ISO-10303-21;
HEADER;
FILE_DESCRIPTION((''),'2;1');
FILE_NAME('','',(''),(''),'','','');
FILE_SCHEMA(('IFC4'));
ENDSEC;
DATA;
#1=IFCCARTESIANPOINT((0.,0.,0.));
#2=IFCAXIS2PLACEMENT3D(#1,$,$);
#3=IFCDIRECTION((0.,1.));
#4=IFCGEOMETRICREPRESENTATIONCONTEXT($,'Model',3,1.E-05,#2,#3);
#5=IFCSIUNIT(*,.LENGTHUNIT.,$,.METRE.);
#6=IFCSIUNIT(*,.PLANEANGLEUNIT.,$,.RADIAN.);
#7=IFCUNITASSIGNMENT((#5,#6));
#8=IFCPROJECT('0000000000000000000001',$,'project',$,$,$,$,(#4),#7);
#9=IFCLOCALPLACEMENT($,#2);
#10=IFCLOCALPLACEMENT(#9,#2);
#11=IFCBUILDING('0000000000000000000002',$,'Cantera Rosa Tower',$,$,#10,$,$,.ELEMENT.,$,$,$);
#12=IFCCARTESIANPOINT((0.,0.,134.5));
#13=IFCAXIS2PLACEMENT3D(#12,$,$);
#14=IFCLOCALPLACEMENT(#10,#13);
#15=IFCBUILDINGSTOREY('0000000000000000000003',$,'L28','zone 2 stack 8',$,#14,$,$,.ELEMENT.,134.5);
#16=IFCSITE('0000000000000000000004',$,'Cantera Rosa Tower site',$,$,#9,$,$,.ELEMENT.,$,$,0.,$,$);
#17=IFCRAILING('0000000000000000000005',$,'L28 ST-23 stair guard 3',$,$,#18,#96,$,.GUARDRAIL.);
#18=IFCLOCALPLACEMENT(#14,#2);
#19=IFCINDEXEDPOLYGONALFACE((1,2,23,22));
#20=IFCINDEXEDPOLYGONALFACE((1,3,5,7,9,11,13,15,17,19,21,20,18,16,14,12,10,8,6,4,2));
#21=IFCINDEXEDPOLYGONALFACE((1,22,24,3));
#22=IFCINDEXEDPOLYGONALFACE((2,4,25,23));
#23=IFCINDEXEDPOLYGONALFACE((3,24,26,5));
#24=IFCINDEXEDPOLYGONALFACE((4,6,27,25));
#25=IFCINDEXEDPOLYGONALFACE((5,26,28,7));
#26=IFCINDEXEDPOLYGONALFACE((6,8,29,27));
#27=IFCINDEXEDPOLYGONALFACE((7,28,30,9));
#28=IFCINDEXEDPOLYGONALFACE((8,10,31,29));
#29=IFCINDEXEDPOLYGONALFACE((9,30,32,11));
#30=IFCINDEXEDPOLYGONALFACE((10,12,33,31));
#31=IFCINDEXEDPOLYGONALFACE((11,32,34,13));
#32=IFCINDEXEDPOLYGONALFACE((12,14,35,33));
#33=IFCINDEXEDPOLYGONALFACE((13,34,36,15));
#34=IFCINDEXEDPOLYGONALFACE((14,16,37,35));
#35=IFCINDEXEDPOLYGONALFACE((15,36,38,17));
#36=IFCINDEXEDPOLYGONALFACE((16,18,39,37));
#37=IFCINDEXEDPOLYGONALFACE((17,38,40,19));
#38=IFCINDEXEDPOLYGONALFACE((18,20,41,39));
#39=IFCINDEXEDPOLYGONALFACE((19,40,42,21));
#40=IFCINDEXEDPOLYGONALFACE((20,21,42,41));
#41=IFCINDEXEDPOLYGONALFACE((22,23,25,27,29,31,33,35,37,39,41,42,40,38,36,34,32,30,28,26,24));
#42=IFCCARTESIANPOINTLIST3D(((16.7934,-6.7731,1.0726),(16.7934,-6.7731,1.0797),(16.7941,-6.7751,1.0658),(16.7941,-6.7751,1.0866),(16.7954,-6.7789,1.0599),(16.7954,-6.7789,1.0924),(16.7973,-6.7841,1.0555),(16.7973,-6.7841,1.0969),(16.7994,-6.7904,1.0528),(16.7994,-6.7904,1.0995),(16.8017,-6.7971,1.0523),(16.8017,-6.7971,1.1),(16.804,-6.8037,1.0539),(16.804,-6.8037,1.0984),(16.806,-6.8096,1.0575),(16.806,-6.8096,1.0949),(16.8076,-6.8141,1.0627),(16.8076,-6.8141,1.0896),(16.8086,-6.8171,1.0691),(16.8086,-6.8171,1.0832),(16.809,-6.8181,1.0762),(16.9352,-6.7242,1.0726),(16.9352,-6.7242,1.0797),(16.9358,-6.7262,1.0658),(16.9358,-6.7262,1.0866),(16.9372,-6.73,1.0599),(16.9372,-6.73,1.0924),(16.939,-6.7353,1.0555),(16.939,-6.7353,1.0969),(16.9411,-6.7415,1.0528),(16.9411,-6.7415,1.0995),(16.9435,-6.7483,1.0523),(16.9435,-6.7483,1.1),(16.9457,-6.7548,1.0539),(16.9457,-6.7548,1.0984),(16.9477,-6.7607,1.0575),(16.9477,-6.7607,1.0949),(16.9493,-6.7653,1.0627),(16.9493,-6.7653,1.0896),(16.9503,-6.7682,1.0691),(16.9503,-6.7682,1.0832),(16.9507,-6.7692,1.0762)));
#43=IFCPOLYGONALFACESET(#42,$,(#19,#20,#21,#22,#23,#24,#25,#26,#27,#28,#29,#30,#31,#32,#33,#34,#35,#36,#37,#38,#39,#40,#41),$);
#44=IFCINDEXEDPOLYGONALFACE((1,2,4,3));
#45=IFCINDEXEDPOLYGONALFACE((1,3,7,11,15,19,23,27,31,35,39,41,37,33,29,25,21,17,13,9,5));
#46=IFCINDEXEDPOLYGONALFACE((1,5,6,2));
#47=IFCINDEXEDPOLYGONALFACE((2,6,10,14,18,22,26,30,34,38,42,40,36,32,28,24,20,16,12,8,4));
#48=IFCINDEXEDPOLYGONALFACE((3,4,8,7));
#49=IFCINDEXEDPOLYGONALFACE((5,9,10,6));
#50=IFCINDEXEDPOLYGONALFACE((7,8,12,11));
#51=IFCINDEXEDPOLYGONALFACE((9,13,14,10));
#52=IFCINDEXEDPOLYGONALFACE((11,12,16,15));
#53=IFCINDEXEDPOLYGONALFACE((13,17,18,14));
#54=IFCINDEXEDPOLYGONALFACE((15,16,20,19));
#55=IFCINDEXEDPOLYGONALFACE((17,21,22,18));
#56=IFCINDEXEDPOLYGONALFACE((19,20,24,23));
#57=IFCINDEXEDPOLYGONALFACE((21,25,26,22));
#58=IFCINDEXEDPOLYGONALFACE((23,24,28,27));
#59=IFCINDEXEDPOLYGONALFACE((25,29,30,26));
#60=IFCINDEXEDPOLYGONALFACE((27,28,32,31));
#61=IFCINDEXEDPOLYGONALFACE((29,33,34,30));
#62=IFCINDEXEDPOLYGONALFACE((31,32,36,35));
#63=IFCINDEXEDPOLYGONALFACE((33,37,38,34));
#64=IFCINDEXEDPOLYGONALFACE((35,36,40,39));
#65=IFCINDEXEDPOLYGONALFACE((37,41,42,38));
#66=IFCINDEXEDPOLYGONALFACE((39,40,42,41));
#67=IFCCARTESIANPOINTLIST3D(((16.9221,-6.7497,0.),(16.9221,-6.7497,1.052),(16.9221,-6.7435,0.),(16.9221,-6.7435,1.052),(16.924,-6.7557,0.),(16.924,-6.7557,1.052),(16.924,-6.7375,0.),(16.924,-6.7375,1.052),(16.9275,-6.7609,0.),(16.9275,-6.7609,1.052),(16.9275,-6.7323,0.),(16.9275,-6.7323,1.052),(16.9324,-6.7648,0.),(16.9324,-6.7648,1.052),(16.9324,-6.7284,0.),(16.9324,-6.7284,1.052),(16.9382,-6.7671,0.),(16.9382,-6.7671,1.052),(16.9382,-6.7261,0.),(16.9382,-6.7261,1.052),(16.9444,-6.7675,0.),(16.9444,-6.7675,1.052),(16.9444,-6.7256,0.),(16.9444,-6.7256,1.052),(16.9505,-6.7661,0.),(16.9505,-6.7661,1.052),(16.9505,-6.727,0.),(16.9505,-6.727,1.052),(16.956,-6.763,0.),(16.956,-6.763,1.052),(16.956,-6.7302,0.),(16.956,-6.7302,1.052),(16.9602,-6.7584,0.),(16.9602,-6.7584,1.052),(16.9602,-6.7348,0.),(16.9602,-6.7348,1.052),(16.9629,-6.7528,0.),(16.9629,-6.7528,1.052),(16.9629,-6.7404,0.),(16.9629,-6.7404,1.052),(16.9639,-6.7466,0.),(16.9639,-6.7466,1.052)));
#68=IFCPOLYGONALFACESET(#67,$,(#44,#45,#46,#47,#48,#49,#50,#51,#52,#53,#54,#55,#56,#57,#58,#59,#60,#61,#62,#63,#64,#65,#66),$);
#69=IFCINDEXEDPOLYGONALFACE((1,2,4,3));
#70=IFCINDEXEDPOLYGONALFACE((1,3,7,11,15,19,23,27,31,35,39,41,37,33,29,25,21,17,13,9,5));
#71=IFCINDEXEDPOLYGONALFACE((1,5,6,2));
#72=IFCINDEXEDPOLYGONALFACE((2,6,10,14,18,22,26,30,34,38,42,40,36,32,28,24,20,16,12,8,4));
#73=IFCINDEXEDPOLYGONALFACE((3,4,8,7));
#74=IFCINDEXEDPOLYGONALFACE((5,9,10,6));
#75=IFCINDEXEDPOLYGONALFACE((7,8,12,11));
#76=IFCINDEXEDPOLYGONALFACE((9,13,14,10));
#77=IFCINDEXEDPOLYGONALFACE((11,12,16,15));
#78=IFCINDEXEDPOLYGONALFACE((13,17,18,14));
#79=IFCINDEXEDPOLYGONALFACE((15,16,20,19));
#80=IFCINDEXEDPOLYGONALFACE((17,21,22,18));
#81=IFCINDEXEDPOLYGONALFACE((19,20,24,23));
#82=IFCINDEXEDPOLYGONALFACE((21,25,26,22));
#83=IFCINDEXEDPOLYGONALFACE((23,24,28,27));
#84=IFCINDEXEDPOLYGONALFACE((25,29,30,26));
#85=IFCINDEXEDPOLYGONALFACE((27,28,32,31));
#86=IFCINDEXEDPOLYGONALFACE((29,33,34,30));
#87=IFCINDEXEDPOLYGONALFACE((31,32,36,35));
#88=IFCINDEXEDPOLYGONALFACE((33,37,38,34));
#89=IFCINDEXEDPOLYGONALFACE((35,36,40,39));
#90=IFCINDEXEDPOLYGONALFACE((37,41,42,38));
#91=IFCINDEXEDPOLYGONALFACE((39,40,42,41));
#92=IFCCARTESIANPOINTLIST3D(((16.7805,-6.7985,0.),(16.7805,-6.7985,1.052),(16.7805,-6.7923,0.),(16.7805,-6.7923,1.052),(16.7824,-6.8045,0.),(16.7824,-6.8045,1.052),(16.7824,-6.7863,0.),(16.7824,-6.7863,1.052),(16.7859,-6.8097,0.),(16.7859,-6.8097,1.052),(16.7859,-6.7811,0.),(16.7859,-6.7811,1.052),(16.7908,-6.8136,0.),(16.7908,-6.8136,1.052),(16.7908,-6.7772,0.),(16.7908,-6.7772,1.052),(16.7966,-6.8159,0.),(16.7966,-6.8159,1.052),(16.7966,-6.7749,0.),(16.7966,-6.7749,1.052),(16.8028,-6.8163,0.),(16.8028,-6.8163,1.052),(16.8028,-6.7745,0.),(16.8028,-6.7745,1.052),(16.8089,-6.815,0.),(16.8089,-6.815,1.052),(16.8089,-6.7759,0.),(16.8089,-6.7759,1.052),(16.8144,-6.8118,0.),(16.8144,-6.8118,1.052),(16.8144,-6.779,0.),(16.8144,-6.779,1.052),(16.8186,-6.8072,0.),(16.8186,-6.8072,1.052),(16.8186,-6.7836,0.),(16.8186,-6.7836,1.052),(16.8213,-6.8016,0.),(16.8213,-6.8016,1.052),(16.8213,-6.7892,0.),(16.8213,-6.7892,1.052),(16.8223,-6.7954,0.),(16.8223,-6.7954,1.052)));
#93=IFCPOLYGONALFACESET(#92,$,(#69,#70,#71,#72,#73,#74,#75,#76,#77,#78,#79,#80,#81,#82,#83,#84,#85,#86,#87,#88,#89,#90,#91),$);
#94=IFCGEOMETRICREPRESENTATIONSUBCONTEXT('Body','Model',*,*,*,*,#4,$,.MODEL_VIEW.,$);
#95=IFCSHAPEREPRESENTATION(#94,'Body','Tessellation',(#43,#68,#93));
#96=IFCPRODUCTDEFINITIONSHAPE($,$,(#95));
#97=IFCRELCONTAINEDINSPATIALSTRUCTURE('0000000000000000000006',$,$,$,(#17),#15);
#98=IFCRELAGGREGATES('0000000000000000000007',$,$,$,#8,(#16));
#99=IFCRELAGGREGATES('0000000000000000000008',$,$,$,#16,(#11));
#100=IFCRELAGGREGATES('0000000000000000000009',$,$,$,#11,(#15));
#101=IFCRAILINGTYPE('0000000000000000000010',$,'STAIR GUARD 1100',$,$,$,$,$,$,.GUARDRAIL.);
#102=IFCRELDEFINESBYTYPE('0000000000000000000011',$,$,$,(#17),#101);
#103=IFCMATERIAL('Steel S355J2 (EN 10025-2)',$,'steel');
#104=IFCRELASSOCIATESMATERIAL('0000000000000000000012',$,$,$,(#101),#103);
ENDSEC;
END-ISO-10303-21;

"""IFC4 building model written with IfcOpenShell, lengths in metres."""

from ifc_helpers import new_model, si_unit, direction, frame, origin, origin_2d, place, context, subcontext, project, spatial, circle, extrude, material, type_object, element, save


model = new_model("IFC4")

# Units and contexts
model_context = context("Model", 3, precision=1e-05, world=origin(), true_north=direction((0.0, 1.0)))
body_context = subcontext(model_context, "Body", "Model", "MODEL_VIEW")
ifc_project = project(units=[si_unit("LENGTHUNIT", "METRE"), si_unit("PLANEANGLEUNIT", "RADIAN")], contexts=[model_context])

# Site, building, storey
site_placement = place(None, origin())
site = spatial("IfcSite", under=ifc_project, at=site_placement, Name="Cantera Rosa Tower site", CompositionType="ELEMENT", RefElevation=0.0)
building_placement = place(site_placement, origin())
building = spatial("IfcBuilding", under=site, at=building_placement, Name="Cantera Rosa Tower", CompositionType="ELEMENT")
storey_placement = place(building_placement, frame((0.0, 0.0, 134.5)))
storey = spatial("IfcBuildingStorey", under=building, at=storey_placement, Name="L28", Description="zone 2 stack 8", CompositionType="ELEMENT", Elevation=134.5)

# Railing
ifc_material_1 = material(Name="Steel S355J2 (EN 10025-2)", Category="steel")
railing_type_1 = type_object("IfcRailingType", Name="STAIR GUARD 1100", PredefinedType="GUARDRAIL", material=ifc_material_1)
railing_1_placement = place(storey_placement, frame((16.9429, -6.7466, 0.0)))
element("IfcRailing", 1, at=railing_1_placement, inside=storey, type_object=railing_type_1, Name="L28 ST-23 stair guard 3", PredefinedType="GUARDRAIL", context=body_context, shape_type="SweptSolid", body=[
    extrude(circle(Radius=0.0239, at=origin_2d()), frame((0.0, 0.0, 1.0762), z_axis=(-0.945373, -0.325991, 0.0), x_axis=(0.325991, -0.945373, 0.0)), (0.0, 0.0, 1.0), 0.1499),
    extrude(circle(Radius=0.021, at=origin_2d()), origin(), (0.0, 0.0, 1.0), 1.052),
    extrude(circle(Radius=0.021, at=origin_2d()), frame((-0.1416, -0.0488, 0.0)), (0.0, 0.0, 1.0), 1.052),
])

save(model, "model.ifc")
